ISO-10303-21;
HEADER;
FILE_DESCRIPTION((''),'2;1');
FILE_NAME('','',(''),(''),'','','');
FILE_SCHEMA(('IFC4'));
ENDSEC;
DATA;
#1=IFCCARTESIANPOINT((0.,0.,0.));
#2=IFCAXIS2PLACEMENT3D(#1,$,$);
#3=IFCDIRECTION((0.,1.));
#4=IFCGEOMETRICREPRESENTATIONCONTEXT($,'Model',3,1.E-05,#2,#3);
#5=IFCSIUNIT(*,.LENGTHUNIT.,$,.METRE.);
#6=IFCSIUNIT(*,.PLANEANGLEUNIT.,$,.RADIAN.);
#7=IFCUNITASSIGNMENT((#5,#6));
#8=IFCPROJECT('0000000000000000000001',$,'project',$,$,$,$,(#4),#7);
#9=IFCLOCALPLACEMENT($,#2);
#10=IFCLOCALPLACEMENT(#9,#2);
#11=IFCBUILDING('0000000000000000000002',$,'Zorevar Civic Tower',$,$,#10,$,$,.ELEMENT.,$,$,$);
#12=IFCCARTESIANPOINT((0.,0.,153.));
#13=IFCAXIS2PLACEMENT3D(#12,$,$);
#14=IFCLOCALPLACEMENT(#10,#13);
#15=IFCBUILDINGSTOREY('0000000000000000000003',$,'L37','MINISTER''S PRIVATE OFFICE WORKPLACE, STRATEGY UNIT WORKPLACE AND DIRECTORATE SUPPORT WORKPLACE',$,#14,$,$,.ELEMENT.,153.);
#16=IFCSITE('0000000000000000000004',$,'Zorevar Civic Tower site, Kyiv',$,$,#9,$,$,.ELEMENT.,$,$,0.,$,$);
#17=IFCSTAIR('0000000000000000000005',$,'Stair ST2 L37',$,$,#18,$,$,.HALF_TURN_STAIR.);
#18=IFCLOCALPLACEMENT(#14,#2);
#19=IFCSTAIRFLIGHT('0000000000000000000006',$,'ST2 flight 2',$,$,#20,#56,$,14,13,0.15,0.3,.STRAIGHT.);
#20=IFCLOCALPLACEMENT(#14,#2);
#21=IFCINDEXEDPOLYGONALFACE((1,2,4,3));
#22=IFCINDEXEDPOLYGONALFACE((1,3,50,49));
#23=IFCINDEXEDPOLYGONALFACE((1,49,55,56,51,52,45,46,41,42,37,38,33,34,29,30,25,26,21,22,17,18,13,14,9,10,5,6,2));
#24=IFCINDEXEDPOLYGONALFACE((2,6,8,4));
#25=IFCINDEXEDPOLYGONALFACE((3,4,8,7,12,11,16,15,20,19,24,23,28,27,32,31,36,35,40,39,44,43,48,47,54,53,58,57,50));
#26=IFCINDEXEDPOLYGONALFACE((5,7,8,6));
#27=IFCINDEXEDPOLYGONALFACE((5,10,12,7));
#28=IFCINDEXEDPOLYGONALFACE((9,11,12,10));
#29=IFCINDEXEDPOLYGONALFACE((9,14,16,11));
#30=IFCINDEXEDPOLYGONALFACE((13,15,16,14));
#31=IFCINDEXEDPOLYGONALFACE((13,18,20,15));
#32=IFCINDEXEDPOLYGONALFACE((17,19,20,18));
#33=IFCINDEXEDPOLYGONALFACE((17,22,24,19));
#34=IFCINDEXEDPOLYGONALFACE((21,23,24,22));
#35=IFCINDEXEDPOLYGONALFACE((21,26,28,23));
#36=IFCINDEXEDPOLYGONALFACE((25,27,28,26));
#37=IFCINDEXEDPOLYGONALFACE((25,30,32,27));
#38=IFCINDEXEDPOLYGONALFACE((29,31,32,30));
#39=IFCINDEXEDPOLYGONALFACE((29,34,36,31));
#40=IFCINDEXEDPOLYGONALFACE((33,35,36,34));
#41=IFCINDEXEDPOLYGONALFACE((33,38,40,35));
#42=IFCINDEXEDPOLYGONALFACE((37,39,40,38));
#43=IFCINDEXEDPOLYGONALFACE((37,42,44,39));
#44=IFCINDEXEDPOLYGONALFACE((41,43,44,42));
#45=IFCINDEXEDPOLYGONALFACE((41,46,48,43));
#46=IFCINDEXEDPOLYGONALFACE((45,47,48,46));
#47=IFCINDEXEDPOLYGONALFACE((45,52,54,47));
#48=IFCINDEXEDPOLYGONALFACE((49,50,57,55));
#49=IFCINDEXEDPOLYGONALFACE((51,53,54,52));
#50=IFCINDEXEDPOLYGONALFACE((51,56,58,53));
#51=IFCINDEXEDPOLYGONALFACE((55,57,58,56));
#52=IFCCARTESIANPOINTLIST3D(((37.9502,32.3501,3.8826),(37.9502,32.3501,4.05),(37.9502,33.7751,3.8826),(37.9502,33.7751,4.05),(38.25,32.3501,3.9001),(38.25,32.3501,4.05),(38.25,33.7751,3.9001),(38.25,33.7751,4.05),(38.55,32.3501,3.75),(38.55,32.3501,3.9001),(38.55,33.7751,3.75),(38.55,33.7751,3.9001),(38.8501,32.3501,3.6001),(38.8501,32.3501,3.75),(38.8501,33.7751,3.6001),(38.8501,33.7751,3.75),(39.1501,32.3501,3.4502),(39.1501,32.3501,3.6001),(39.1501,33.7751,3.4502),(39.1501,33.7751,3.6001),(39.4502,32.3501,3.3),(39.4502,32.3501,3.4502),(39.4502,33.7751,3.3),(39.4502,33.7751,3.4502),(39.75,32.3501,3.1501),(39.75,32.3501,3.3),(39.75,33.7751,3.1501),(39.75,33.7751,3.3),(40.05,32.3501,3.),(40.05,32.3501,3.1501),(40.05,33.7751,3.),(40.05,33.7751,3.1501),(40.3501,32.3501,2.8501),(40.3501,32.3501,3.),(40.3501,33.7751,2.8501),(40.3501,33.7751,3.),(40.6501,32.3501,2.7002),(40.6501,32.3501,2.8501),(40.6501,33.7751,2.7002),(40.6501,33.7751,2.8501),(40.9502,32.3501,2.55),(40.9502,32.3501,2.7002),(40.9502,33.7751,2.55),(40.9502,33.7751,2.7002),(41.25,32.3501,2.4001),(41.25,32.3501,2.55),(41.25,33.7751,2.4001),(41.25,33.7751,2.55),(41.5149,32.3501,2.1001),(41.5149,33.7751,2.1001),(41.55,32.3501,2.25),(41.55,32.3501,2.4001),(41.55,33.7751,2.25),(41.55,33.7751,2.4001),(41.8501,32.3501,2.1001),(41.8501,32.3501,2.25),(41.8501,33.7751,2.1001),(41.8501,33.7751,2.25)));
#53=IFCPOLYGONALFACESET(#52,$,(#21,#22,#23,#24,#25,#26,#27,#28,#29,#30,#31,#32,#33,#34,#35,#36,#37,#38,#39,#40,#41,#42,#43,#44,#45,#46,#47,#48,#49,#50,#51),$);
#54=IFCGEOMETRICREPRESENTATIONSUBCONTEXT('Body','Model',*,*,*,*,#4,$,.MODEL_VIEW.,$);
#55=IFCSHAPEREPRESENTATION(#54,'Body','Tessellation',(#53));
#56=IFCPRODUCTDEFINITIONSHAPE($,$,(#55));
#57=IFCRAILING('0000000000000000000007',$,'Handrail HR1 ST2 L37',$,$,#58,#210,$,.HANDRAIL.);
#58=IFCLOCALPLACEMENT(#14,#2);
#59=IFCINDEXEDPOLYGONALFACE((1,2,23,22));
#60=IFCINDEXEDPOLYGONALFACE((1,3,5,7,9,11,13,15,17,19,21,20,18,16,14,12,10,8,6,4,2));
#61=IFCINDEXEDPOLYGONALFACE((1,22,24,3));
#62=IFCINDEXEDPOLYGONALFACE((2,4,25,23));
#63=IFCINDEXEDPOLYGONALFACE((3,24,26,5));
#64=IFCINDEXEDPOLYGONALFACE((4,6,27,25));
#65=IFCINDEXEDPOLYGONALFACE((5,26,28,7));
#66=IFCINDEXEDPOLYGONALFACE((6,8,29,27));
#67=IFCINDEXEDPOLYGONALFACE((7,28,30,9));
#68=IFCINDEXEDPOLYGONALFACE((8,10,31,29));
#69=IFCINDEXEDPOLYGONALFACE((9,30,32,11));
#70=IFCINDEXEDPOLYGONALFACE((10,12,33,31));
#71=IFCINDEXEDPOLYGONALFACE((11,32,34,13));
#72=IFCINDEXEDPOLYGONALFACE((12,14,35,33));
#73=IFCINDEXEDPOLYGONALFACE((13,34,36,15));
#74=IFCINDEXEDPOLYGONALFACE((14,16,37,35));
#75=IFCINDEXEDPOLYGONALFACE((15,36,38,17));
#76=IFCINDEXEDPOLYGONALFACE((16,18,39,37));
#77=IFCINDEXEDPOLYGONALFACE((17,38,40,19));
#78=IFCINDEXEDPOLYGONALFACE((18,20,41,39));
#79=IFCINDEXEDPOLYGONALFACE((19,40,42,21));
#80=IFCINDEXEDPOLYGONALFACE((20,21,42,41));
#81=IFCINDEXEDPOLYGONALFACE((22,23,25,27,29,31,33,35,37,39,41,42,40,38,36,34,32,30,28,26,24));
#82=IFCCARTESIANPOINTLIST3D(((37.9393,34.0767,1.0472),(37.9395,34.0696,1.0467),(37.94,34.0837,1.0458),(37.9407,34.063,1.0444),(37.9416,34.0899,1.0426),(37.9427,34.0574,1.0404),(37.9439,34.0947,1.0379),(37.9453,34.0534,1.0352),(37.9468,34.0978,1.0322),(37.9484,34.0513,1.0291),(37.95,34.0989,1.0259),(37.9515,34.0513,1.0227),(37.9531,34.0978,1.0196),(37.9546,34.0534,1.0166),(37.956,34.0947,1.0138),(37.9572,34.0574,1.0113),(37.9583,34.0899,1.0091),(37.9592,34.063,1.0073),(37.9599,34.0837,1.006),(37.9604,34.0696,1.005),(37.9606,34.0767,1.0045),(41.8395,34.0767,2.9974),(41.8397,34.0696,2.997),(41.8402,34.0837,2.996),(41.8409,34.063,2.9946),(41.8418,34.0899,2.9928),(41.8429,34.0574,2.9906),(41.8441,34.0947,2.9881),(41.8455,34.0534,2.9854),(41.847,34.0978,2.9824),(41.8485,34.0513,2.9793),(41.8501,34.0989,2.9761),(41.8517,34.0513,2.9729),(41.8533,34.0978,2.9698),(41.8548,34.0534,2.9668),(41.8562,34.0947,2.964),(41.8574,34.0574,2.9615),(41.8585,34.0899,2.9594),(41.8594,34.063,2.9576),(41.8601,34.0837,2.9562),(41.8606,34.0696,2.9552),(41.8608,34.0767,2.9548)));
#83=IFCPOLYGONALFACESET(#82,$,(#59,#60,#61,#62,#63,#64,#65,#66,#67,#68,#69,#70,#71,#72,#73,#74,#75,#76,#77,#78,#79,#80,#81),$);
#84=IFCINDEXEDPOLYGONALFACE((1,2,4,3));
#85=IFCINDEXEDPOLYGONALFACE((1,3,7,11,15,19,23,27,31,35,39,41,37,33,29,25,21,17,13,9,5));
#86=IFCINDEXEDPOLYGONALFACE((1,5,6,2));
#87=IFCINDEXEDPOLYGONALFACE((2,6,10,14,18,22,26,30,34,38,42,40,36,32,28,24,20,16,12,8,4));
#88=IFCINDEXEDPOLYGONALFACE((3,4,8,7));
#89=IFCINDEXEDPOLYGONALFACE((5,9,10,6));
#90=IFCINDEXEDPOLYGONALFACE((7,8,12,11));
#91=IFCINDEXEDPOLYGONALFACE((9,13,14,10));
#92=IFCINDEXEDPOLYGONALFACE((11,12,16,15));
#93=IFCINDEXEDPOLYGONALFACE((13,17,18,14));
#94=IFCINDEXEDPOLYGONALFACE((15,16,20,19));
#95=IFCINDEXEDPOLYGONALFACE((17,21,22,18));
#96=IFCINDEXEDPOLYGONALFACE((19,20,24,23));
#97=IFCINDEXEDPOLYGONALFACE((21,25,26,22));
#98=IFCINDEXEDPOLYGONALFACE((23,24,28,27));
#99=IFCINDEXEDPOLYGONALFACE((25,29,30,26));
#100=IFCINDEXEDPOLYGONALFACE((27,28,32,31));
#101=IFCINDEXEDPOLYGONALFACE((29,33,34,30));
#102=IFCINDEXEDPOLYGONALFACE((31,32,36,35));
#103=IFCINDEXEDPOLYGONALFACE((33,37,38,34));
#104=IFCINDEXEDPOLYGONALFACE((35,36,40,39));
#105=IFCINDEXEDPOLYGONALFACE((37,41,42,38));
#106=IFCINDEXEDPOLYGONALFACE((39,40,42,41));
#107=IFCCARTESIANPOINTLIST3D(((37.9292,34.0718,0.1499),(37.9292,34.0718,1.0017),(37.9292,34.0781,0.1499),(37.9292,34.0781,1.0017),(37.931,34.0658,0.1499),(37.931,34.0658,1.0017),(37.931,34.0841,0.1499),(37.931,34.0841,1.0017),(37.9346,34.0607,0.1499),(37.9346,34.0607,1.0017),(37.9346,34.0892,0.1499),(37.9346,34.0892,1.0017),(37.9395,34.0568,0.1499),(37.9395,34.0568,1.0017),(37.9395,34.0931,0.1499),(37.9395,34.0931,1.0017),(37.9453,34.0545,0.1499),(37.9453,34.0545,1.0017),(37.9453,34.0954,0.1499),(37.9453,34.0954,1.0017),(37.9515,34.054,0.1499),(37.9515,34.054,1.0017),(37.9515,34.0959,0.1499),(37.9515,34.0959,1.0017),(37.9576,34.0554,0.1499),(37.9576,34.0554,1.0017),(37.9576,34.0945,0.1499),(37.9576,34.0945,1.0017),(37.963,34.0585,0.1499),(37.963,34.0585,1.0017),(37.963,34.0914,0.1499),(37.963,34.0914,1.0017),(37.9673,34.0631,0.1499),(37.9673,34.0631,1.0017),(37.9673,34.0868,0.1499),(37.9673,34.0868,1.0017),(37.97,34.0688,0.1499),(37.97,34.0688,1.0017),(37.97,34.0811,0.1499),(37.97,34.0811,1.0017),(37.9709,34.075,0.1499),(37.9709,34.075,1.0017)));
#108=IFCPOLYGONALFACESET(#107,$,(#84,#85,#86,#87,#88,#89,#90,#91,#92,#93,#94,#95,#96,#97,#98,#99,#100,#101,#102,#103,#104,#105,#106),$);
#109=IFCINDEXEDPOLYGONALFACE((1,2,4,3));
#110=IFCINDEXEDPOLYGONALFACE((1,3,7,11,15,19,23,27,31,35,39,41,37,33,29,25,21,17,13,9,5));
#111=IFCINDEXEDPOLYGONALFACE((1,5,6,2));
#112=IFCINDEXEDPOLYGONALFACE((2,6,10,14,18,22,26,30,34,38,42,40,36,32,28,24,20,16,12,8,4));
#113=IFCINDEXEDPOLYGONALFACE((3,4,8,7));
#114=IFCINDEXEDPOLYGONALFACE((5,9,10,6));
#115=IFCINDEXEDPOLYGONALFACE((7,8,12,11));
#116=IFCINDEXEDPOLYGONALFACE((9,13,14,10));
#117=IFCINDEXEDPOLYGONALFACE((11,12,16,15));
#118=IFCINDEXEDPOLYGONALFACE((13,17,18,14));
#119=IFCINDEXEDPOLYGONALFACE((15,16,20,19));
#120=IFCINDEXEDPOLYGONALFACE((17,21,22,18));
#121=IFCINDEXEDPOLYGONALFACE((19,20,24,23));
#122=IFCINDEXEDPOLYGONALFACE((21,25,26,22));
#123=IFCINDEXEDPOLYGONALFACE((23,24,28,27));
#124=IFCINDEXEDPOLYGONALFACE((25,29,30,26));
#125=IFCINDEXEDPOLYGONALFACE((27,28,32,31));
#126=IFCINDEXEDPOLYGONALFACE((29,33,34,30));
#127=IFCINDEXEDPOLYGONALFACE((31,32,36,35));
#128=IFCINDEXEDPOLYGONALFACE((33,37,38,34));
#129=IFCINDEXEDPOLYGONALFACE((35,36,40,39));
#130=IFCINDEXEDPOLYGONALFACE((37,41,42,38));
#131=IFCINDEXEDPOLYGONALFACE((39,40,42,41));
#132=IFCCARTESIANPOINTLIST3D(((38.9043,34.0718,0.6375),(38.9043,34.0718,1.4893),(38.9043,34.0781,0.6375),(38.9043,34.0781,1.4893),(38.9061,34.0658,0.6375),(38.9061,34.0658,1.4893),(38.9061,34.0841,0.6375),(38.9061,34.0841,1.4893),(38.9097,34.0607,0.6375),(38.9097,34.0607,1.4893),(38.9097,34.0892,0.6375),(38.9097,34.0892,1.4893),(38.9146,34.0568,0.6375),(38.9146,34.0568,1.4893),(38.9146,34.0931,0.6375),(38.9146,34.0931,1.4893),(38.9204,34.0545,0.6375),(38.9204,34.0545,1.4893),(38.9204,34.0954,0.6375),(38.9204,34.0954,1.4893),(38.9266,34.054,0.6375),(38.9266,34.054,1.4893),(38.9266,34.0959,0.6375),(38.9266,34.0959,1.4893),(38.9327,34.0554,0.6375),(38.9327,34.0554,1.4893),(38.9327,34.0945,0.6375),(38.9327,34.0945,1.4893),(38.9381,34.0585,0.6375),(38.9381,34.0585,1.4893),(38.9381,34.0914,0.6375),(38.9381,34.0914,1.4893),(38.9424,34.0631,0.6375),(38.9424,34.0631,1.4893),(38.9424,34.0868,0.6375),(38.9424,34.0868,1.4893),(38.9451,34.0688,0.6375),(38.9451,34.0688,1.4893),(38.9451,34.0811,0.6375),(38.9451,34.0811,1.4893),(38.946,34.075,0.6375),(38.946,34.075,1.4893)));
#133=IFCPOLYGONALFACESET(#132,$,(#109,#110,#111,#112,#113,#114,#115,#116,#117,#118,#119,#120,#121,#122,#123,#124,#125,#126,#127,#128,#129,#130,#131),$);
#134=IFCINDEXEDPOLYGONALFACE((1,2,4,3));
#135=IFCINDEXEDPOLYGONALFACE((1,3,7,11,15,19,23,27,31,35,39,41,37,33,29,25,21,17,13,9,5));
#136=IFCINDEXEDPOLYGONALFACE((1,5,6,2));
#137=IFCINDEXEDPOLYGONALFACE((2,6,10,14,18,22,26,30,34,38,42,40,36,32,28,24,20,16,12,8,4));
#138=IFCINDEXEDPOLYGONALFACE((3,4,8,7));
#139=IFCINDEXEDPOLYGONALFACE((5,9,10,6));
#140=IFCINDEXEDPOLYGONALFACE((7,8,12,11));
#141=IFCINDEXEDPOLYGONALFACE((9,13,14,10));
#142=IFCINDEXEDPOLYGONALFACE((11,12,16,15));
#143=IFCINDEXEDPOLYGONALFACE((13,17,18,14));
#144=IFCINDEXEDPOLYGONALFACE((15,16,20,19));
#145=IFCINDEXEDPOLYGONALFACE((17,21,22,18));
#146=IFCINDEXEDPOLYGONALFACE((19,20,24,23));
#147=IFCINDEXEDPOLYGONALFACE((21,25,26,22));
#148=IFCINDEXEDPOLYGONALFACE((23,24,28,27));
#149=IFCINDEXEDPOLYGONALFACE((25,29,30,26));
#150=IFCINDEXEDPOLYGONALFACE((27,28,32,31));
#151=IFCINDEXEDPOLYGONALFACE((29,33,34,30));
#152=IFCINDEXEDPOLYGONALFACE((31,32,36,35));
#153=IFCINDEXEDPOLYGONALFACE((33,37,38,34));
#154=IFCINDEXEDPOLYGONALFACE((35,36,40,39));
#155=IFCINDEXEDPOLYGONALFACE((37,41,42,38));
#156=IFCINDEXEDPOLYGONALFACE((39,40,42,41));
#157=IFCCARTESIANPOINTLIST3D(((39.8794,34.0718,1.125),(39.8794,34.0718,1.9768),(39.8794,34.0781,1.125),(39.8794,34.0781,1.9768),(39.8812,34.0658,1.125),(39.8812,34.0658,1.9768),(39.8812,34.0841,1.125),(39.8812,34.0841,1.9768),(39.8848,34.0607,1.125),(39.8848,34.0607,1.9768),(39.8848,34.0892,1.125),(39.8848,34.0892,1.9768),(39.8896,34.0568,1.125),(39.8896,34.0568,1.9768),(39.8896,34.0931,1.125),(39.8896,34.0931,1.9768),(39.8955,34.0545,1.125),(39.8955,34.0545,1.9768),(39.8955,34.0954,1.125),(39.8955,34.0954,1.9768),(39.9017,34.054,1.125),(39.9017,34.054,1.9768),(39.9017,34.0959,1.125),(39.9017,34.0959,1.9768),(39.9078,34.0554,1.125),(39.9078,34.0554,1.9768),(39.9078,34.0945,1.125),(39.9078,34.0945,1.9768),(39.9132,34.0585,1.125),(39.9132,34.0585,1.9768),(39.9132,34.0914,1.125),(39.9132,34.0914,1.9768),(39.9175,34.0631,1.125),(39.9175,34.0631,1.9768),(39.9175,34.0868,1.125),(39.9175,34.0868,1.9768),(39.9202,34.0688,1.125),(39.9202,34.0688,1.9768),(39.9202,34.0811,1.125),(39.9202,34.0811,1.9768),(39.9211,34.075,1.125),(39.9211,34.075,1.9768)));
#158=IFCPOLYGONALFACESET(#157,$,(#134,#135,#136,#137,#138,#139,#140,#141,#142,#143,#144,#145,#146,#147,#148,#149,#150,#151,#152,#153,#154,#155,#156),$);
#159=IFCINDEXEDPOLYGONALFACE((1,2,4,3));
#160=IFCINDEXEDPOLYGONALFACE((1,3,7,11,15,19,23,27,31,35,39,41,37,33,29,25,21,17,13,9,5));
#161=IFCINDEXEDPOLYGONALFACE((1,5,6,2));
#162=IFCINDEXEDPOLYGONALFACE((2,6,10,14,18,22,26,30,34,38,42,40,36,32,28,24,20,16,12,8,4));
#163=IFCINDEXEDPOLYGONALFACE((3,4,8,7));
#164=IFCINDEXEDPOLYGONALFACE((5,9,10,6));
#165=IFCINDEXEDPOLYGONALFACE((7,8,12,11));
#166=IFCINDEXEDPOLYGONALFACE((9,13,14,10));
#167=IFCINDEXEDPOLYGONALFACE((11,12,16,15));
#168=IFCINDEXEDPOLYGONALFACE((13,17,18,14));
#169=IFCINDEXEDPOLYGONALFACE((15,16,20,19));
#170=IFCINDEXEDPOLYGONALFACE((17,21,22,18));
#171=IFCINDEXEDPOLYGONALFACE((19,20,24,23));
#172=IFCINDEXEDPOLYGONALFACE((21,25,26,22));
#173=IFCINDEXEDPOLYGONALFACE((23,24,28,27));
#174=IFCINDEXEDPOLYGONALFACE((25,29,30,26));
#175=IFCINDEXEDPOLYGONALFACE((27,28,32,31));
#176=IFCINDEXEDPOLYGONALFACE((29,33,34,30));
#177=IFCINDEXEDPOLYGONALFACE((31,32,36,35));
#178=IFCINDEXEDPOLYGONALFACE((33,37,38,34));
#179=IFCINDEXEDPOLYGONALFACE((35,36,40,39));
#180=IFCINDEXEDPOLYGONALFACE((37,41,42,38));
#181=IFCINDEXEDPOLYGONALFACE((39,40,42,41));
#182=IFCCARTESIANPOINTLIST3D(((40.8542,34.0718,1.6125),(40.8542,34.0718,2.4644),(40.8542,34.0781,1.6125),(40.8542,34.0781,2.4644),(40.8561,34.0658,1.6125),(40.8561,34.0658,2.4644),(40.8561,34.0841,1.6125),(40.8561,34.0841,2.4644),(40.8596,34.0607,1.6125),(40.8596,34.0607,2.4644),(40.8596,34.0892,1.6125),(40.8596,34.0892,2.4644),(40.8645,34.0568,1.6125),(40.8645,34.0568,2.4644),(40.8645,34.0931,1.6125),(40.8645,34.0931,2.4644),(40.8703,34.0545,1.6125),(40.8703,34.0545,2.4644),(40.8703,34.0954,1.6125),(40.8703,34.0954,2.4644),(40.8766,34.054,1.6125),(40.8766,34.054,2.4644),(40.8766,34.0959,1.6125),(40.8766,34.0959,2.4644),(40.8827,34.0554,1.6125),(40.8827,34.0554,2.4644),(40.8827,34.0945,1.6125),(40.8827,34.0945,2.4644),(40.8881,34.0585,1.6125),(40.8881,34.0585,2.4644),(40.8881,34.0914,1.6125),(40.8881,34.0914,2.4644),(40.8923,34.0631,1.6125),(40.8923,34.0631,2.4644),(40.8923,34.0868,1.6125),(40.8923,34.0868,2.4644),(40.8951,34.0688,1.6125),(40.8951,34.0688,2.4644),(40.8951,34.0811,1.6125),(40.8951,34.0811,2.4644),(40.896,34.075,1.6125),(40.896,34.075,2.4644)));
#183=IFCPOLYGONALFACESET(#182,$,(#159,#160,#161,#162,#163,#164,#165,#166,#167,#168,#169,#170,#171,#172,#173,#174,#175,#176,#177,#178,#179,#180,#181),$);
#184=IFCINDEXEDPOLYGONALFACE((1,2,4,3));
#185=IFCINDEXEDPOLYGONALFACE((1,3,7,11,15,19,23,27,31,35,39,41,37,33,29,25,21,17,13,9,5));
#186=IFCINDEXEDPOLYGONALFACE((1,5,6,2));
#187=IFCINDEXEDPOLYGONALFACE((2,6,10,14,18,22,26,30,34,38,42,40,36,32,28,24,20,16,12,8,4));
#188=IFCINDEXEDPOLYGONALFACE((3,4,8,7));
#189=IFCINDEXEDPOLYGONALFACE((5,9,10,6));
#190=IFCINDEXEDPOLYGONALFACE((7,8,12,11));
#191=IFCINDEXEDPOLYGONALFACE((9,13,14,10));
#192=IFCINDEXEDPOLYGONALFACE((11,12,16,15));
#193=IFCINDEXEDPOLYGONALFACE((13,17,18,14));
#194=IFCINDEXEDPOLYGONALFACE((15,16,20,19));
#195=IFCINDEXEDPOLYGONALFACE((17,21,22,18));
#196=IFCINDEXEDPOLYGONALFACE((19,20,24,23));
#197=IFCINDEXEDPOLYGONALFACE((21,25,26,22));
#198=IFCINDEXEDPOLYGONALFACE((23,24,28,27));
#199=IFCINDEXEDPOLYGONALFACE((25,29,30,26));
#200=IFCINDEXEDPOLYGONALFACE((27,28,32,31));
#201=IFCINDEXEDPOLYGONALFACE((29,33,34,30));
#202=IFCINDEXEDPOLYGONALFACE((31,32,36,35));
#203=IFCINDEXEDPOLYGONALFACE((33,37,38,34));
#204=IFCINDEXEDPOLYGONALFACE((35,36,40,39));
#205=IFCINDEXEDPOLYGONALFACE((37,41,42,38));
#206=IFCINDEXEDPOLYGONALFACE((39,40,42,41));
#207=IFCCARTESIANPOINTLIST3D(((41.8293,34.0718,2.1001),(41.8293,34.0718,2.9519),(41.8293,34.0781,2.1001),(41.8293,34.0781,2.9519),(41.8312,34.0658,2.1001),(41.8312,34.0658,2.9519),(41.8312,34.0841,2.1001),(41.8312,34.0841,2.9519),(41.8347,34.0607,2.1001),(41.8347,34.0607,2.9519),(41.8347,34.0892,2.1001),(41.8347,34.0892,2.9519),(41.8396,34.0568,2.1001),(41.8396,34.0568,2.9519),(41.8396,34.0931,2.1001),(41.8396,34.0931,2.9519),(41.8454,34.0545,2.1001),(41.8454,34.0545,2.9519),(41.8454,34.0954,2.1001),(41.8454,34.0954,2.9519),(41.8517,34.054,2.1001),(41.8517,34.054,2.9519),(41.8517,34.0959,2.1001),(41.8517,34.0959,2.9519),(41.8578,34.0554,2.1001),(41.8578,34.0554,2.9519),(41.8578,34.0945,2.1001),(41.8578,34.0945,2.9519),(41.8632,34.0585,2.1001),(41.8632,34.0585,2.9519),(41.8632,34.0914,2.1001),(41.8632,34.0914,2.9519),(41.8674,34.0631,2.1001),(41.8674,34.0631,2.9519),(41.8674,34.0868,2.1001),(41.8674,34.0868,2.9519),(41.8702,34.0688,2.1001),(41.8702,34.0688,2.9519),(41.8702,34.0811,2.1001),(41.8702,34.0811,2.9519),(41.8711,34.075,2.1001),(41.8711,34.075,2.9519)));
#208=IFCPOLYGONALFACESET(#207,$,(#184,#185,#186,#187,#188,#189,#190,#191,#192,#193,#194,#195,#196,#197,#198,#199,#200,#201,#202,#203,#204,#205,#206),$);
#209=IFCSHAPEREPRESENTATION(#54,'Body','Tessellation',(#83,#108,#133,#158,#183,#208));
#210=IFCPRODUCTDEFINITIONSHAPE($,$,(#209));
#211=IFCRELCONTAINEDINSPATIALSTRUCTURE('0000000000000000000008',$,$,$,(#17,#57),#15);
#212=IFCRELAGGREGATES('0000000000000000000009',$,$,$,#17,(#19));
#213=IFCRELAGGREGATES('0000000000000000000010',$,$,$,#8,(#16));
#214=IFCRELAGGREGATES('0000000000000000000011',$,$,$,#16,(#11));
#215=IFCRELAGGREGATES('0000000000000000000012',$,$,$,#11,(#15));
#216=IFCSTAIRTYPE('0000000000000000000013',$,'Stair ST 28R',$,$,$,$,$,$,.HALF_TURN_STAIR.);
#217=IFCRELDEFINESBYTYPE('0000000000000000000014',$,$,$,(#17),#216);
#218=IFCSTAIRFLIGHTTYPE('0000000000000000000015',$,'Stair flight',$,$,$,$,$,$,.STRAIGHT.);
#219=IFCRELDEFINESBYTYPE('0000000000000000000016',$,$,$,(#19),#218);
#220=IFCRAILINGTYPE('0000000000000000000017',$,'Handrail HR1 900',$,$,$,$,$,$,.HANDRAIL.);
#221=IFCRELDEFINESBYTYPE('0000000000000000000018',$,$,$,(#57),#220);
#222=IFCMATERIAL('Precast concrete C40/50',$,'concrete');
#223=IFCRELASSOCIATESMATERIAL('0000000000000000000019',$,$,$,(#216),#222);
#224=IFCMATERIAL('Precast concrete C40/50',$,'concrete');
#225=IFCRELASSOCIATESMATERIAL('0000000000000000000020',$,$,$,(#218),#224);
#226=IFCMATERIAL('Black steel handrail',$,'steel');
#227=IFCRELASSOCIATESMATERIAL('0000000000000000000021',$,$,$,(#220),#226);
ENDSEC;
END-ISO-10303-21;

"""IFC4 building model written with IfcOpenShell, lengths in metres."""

from ifc_helpers import new_model, si_unit, direction, frame, origin, origin_2d, place, context, subcontext, project, spatial, polyline, circle, outline, extrude, material, type_object, element, aggregate, save


model = new_model("IFC4")

# Units and contexts
model_context = context("Model", 3, precision=1e-05, world=origin(), true_north=direction((0.0, 1.0)))
body_context = subcontext(model_context, "Body", "Model", "MODEL_VIEW")
ifc_project = project(units=[si_unit("LENGTHUNIT", "METRE"), si_unit("PLANEANGLEUNIT", "RADIAN")], contexts=[model_context])

# Site, building, storey
site_placement = place(None, origin())
site = spatial("IfcSite", under=ifc_project, at=site_placement, Name="Zorevar Civic Tower site, Kyiv", CompositionType="ELEMENT", RefElevation=0.0)
building_placement = place(site_placement, origin())
building = spatial("IfcBuilding", under=site, at=building_placement, Name="Zorevar Civic Tower", CompositionType="ELEMENT")
storey_placement = place(building_placement, frame((0.0, 0.0, 153.0)))
storey = spatial("IfcBuildingStorey", under=building, at=storey_placement, Name="L37", Description="MINISTER'S PRIVATE OFFICE WORKPLACE, STRATEGY UNIT WORKPLACE AND DIRECTORATE SUPPORT WORKPLACE", CompositionType="ELEMENT", Elevation=153.0)

# Stair, stair flight
ifc_material_1 = material(Name="Precast concrete C40/50", Category="concrete")
stair_type = type_object("IfcStairType", Name="Stair ST 28R", PredefinedType="HALF_TURN_STAIR", material=ifc_material_1)
stair_placement = place(storey_placement, origin())
stair = element("IfcStair", 1, at=stair_placement, inside=storey, type_object=stair_type, Name="Stair ST2 L37", PredefinedType="HALF_TURN_STAIR")
ifc_material_2 = material(Name="Precast concrete C40/50", Category="concrete")
stair_flight_type = type_object("IfcStairFlightType", Name="Stair flight", PredefinedType="STRAIGHT", material=ifc_material_2)
stair_flight_1_placement = place(storey_placement, frame((41.8501, 33.0625, 2.1001), z_axis=(0.0, 0.0, 1.0), x_axis=(-1.0, 0.0, 0.0)))
stair_flight_1 = element("IfcStairFlight", 2, at=stair_flight_1_placement, type_object=stair_flight_type, Name="ST2 flight 2", NumberOfRisers=14, NumberOfTreads=13, PredefinedType="STRAIGHT", RiserHeight=0.15, TreadLength=0.3, context=body_context, shape_type="SweptSolid", body=[
    extrude(outline(polyline([(0.0, 0.0), (0.0, 0.1499), (0.3, 0.1499), (0.3, 0.3), (0.6001, 0.3), (0.6001, 0.45), (0.8999, 0.45), (0.8999, 0.6001), (1.2, 0.6001), (1.2, 0.75), (1.5, 0.75), (1.5, 0.8999), (1.8, 0.8999), (1.8, 1.05), (2.1001, 1.05), (2.1001, 1.2), (2.3999, 1.2), (2.3999, 1.3501), (2.7, 1.3501), (2.7, 1.5), (3.0, 1.5), (3.0, 1.6499), (3.3, 1.6499), (3.3, 1.8), (3.6001, 1.8), (3.6001, 1.95), (3.8999, 1.95), (3.8999, 2.1001), (3.8999, 1.7825), (0.3352, 0.0), (0.0, 0.0)])), frame((0.0, 0.7124, 0.0), z_axis=(0.0, -1.0, 0.0), x_axis=(1.0, 0.0, 0.0)), (0.0, 0.0, 1.0), 1.425),
])
aggregate(stair, [stair_flight_1])

# Railing
ifc_material_3 = material(Name="Black steel handrail", Category="steel")
railing_type = type_object("IfcRailingType", Name="Handrail HR1 900", PredefinedType="HANDRAIL", material=ifc_material_3)
railing_1_placement = place(storey_placement, frame((37.95, 34.075, 0.1499)))
element("IfcRailing", 3, at=railing_1_placement, inside=storey, type_object=railing_type, Name="Handrail HR1 ST2 L37", PredefinedType="HANDRAIL", context=body_context, shape_type="SweptSolid", body=[
    extrude(circle(Radius=0.0239, at=origin_2d()), frame((0.0, 0.0, 0.876), z_axis=(0.894416, 0.0, 0.447236), x_axis=(0.0, 1.0, 0.0)), (0.0, 0.0, 1.0), 4.3606),
    extrude(circle(Radius=0.021, at=origin_2d()), origin(), (0.0, 0.0, 1.0), 0.8518),
    extrude(circle(Radius=0.021, at=origin_2d()), frame((0.9751, 0.0, 0.4875)), (0.0, 0.0, 1.0), 0.8518),
    extrude(circle(Radius=0.021, at=origin_2d()), frame((1.9502, 0.0, 0.9751)), (0.0, 0.0, 1.0), 0.8518),
    extrude(circle(Radius=0.021, at=origin_2d()), frame((2.925, 0.0, 1.4626)), (0.0, 0.0, 1.0), 0.8518),
    extrude(circle(Radius=0.021, at=origin_2d()), frame((3.9001, 0.0, 1.9502)), (0.0, 0.0, 1.0), 0.8518),
])

save(model, "model.ifc")
